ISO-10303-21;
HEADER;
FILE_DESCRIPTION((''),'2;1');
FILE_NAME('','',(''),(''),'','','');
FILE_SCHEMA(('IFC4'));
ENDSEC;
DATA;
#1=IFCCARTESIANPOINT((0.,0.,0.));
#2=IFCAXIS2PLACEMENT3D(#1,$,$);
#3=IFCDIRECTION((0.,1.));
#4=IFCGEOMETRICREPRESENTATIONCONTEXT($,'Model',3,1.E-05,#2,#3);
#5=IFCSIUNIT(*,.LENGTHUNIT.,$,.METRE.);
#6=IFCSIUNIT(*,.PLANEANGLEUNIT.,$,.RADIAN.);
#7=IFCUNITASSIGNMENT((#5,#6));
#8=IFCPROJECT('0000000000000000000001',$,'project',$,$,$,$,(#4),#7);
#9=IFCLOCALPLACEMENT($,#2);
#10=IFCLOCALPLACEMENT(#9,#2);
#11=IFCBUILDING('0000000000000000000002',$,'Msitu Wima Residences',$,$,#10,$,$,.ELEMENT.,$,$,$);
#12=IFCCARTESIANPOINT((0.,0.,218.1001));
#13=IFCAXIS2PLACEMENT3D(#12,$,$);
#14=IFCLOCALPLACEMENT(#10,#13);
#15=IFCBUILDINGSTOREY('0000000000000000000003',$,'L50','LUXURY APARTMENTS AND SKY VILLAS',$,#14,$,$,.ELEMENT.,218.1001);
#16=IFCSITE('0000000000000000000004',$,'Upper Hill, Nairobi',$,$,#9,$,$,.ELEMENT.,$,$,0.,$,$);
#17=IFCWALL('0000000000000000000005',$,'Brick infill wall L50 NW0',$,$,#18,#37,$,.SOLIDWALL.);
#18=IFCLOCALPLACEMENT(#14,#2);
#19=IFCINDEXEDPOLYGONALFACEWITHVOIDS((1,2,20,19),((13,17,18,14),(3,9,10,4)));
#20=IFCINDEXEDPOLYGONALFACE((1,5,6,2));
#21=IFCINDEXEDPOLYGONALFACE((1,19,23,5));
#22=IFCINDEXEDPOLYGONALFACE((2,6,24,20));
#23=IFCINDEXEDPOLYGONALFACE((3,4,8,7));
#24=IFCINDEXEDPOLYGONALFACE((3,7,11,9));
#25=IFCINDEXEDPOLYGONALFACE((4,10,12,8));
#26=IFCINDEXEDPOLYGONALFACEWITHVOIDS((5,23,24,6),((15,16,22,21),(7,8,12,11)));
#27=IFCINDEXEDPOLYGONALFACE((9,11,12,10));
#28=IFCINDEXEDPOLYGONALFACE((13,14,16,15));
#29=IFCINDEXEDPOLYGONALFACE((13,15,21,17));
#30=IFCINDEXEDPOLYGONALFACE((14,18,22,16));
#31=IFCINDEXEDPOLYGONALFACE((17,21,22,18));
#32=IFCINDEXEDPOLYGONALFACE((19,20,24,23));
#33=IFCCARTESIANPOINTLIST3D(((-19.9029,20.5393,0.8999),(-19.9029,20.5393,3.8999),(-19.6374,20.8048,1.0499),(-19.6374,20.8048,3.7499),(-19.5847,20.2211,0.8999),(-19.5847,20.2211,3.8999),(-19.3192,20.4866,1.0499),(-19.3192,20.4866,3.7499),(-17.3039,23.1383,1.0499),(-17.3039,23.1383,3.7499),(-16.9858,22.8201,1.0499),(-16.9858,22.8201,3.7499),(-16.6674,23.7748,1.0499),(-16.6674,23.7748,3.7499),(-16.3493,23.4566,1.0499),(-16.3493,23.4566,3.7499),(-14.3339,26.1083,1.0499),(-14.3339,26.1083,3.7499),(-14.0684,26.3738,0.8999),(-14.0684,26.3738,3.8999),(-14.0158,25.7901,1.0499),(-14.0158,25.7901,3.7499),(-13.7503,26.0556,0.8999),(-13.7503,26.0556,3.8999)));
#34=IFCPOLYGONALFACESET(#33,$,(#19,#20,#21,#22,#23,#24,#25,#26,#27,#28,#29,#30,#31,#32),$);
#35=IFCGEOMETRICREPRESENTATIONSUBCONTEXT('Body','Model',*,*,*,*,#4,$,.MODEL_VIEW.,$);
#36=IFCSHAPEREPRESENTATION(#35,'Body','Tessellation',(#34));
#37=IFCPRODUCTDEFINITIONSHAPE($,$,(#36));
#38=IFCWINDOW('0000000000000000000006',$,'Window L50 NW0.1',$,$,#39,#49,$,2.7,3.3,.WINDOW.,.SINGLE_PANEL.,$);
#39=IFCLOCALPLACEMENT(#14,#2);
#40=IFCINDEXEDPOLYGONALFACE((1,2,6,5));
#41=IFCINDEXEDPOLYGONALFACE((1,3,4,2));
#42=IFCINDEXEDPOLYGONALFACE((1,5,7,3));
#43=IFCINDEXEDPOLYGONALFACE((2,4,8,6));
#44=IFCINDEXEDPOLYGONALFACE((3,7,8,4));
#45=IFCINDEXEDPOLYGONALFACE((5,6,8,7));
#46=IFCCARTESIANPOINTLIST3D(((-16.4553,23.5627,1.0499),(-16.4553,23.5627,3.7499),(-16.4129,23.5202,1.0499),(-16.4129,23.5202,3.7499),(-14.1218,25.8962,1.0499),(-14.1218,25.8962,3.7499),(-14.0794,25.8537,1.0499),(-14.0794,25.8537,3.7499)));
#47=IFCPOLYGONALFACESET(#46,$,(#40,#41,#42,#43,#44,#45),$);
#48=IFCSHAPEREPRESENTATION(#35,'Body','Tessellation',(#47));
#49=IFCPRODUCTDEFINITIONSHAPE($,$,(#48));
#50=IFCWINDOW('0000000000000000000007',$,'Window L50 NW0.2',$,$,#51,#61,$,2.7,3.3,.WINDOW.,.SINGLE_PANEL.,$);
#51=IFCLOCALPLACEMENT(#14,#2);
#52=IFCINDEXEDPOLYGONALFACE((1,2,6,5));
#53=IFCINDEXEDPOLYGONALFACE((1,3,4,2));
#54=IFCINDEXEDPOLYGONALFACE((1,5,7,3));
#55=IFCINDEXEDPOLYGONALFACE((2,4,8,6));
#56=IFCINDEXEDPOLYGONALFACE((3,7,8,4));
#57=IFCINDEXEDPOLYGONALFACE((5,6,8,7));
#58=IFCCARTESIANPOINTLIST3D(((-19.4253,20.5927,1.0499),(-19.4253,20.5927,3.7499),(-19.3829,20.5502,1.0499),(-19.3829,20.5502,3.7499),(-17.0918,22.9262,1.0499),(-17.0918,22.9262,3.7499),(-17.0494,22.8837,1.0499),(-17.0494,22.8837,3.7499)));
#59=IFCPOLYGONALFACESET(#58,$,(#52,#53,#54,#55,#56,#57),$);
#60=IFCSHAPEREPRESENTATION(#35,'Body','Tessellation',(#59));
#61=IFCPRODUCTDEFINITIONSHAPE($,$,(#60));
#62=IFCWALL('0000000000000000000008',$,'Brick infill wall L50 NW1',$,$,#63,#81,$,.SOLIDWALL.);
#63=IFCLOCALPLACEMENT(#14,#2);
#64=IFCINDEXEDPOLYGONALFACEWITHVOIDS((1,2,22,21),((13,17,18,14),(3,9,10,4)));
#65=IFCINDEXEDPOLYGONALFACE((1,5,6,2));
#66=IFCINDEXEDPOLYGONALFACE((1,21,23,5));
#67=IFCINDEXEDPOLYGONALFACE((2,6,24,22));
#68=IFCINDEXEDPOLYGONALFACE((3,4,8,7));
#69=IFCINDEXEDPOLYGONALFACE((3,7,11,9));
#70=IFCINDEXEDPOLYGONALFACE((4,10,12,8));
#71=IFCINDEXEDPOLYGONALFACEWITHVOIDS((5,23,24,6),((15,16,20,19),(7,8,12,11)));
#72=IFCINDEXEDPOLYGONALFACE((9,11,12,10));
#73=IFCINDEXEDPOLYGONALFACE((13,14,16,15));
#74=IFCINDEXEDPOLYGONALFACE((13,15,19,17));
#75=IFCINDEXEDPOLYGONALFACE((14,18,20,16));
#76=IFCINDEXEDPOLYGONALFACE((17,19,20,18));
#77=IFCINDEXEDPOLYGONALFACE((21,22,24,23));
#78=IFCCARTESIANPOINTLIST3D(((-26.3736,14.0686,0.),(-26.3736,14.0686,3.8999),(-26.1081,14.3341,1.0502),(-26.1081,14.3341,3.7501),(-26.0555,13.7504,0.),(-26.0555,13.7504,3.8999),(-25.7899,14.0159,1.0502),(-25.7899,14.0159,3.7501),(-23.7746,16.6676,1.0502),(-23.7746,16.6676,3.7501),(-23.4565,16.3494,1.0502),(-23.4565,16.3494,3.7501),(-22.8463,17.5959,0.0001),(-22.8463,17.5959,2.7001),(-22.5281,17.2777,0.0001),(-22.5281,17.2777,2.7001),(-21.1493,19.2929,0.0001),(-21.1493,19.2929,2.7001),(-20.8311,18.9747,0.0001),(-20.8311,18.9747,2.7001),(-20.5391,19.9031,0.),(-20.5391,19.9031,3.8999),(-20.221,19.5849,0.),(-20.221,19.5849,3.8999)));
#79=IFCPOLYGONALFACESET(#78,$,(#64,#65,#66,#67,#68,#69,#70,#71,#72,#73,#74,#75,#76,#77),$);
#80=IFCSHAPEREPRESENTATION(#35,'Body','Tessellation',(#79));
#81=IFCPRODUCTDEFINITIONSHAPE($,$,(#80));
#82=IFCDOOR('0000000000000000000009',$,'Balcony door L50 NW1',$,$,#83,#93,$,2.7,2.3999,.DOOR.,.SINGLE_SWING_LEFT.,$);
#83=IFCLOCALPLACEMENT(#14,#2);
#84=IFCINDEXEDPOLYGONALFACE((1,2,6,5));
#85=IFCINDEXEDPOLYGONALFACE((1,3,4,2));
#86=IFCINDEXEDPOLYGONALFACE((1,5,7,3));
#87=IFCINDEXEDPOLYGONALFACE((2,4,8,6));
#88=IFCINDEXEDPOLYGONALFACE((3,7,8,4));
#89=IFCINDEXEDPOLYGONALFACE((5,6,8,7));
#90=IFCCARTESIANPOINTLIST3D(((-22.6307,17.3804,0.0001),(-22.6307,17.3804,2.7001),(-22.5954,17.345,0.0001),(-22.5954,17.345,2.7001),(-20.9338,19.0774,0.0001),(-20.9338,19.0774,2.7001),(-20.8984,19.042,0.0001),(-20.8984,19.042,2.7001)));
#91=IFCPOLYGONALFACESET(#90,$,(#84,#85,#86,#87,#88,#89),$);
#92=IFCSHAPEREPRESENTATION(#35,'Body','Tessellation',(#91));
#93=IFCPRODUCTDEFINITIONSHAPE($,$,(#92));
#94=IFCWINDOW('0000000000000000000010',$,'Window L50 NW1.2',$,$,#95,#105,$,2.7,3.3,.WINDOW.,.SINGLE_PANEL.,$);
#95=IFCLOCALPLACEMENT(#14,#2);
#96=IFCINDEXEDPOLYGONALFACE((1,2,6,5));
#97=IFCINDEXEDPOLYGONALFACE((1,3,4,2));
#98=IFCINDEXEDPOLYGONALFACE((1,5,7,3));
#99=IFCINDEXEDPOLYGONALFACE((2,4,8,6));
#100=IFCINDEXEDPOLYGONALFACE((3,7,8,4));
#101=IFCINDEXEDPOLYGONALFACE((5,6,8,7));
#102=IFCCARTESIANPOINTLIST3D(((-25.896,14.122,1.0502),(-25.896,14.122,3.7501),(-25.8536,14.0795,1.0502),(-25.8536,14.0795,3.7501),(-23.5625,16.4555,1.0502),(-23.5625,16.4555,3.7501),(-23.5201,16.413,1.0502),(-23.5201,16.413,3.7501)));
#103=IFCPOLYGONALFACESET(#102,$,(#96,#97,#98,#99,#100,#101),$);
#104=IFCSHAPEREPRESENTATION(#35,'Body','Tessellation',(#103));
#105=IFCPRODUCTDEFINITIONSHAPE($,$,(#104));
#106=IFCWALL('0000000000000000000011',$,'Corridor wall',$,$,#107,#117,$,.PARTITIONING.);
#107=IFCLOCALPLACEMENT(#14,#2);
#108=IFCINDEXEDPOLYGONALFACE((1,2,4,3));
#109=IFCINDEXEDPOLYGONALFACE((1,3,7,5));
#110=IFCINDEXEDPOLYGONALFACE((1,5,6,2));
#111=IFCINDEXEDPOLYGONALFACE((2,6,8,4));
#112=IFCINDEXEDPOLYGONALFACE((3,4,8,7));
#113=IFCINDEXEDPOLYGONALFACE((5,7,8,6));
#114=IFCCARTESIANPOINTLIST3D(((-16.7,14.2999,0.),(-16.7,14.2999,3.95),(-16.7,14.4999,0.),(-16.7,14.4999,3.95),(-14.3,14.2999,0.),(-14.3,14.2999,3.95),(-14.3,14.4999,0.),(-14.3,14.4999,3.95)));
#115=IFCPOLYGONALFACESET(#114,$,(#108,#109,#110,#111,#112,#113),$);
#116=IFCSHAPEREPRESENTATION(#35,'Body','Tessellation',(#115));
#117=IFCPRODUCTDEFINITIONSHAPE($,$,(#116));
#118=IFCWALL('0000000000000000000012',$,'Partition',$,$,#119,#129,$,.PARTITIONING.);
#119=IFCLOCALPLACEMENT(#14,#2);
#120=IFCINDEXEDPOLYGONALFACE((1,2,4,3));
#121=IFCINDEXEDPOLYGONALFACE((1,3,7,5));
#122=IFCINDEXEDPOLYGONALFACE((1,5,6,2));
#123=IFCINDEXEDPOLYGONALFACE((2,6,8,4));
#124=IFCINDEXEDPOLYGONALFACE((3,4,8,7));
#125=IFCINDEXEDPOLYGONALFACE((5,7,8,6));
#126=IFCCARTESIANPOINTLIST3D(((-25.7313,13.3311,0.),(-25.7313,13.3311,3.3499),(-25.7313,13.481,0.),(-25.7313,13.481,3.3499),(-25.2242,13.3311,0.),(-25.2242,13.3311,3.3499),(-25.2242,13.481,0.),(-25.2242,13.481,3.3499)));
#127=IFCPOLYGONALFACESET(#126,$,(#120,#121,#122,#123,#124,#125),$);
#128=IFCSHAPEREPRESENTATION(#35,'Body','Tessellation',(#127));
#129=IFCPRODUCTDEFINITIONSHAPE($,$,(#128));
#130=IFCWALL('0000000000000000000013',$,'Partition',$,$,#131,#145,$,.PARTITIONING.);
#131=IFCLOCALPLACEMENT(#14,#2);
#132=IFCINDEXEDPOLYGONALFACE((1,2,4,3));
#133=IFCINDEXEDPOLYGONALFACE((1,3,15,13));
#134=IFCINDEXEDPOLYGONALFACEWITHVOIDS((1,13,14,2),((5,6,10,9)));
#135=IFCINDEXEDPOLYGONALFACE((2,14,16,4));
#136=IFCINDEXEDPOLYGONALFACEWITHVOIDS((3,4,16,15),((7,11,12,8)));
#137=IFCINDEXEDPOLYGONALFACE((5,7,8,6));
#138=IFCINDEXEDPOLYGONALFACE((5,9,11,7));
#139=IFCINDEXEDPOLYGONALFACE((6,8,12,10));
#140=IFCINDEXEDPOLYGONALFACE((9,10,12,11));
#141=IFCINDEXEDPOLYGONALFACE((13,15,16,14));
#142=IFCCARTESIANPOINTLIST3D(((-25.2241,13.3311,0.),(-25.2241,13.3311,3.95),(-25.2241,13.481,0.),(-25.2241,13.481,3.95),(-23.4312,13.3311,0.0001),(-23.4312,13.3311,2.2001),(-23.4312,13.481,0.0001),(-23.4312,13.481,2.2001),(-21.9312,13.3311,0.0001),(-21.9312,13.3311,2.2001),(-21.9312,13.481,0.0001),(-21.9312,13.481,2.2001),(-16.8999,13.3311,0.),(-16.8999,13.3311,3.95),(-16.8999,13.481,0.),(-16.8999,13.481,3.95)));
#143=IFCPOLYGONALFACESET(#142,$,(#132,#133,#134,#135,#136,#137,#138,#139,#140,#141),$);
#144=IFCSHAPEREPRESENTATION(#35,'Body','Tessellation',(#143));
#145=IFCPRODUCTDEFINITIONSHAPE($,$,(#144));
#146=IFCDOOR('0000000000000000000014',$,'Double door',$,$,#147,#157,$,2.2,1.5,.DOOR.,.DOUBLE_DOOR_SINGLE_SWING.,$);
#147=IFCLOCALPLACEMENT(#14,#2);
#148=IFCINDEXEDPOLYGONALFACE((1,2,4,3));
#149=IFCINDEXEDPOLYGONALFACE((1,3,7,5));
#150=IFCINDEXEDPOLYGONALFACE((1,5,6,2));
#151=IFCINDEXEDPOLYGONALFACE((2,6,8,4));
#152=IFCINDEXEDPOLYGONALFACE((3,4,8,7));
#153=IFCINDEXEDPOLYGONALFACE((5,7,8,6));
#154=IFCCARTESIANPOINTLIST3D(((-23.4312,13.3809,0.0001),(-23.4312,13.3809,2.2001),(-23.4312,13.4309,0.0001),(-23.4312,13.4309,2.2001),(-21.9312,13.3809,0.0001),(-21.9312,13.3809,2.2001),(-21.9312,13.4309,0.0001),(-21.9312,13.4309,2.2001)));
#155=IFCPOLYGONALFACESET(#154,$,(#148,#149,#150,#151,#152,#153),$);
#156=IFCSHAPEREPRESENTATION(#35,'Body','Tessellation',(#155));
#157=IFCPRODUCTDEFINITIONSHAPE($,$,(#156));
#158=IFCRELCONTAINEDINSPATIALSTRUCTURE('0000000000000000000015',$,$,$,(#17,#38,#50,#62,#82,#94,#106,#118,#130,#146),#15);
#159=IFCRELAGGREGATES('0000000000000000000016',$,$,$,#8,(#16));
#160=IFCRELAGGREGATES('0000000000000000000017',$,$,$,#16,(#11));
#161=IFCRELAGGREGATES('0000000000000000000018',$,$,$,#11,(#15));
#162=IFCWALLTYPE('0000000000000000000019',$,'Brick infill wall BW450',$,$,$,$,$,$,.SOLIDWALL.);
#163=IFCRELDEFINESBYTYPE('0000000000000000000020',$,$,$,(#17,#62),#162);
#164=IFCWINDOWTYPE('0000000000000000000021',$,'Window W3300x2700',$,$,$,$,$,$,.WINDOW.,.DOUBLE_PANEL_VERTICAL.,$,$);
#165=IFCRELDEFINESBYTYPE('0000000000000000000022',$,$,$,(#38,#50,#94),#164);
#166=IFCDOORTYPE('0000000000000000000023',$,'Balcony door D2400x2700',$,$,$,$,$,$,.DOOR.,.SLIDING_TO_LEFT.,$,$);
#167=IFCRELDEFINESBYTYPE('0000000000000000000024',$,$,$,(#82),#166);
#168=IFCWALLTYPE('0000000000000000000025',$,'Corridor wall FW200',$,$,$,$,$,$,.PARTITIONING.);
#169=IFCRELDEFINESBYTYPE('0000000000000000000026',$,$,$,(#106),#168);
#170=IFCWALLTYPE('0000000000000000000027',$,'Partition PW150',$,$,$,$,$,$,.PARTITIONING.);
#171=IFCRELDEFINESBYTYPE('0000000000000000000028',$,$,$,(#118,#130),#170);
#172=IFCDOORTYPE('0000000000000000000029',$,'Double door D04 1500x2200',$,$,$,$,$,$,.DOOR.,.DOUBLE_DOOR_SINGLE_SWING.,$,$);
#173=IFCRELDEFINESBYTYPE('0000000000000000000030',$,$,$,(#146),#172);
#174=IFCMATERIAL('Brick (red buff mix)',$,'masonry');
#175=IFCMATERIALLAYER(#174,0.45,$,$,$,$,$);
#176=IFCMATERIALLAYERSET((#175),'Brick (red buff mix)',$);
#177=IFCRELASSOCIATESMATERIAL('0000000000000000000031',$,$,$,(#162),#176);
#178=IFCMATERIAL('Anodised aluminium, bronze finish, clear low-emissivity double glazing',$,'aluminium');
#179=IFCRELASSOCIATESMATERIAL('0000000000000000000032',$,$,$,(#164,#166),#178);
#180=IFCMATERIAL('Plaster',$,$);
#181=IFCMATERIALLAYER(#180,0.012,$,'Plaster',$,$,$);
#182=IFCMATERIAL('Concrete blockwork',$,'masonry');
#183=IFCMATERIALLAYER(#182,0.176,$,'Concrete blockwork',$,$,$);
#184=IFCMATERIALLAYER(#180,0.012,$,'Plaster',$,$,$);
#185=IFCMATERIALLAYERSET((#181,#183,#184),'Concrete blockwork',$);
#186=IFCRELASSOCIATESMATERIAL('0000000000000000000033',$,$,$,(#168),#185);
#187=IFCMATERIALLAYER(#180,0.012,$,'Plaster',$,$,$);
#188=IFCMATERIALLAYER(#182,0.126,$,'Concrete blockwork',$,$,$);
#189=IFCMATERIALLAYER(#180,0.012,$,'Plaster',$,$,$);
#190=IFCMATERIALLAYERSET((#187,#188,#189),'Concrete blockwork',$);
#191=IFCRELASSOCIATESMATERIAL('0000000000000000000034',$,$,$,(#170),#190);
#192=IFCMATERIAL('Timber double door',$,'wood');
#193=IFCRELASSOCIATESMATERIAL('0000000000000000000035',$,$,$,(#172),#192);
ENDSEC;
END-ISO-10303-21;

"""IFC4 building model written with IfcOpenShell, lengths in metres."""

from ifc_helpers import new_model, si_unit, direction, frame, frame_2d, origin, place, context, subcontext, project, spatial, rectangle, extrude, material, layer, layer_set, type_object, element, fill, save


model = new_model("IFC4")

# Units and contexts
model_context = context("Model", 3, precision=1e-05, world=origin(), true_north=direction((0.0, 1.0)))
body_context = subcontext(model_context, "Body", "Model", "MODEL_VIEW")
ifc_project = project(units=[si_unit("LENGTHUNIT", "METRE"), si_unit("PLANEANGLEUNIT", "RADIAN")], contexts=[model_context])

# Site, building, storey
site_placement = place(None, origin())
site = spatial("IfcSite", under=ifc_project, at=site_placement, Name="Upper Hill, Nairobi", CompositionType="ELEMENT", RefElevation=0.0)
building_placement = place(site_placement, origin())
building = spatial("IfcBuilding", under=site, at=building_placement, Name="Msitu Wima Residences", CompositionType="ELEMENT")
storey_placement = place(building_placement, frame((0.0, 0.0, 218.1001)))
storey = spatial("IfcBuildingStorey", under=building, at=storey_placement, Name="L50", Description="LUXURY APARTMENTS AND SKY VILLAS", CompositionType="ELEMENT", Elevation=218.1001)

# Wall, openings, windows
ifc_material_1 = material(Name="Brick (red buff mix)", Category="masonry")
ifc_layer_1 = layer(ifc_material_1, 0.45)
ifc_layer_set_1 = layer_set([ifc_layer_1], Name="Brick (red buff mix)")
wall_type_1 = type_object("IfcWallType", Name="Brick infill wall BW450", PredefinedType="SOLIDWALL", material=ifc_layer_set_1)
wall_1_placement = place(storey_placement, frame((-13.9094, 26.2146, 0.8999), z_axis=(0.0, 0.0, 1.0), x_axis=(-0.707107, -0.707107, 0.0)))
wall_1 = element("IfcWall", 1, at=wall_1_placement, inside=storey, type_object=wall_type_1, Name="Brick infill wall L50 NW0", PredefinedType="SOLIDWALL", context=body_context, shape_type="SweptSolid", body=[
    extrude(rectangle(XDim=8.2512, YDim=0.45, at=frame_2d((4.1255, 0.0))), origin(), (0.0, 0.0, 1.0), 3.0),
])
opening_1_placement = place(wall_1_placement, frame((0.3755, 0.0, 0.1499)))
opening_1 = element("IfcOpeningElement", 2, at=opening_1_placement, cuts=wall_1, PredefinedType="OPENING", context=body_context, shape_type="SweptSolid", body=[
    extrude(rectangle(XDim=3.3, YDim=2.7, at=frame_2d((1.6499, 1.3501))), frame((0.0, 0.2349, 0.0), z_axis=(0.0, -1.0, 0.0), x_axis=(1.0, 0.0, 0.0)), (0.0, 0.0, 1.0), 0.47),
])
opening_2_placement = place(wall_1_placement, frame((4.5757, 0.0, 0.1499)))
opening_2 = element("IfcOpeningElement", 3, at=opening_2_placement, cuts=wall_1, PredefinedType="OPENING", context=body_context, shape_type="SweptSolid", body=[
    extrude(rectangle(XDim=3.3, YDim=2.7, at=frame_2d((1.6499, 1.3501))), frame((0.0, 0.2349, 0.0), z_axis=(0.0, -1.0, 0.0), x_axis=(1.0, 0.0, 0.0)), (0.0, 0.0, 1.0), 0.47),
])
ifc_material_2 = material(Name="Anodised aluminium, bronze finish, clear low-emissivity double glazing", Category="aluminium")
window_type = type_object("IfcWindowType", Name="Window W3300x2700", PartitioningType="DOUBLE_PANEL_VERTICAL", PredefinedType="WINDOW", material=ifc_material_2)
window_1_placement = place(opening_1_placement, origin())
window_1 = element("IfcWindow", 4, at=window_1_placement, inside=storey, type_object=window_type, Name="Window L50 NW0.1", OverallHeight=2.7, OverallWidth=3.3, PartitioningType="SINGLE_PANEL", PredefinedType="WINDOW", context=body_context, shape_type="SweptSolid", body=[
    extrude(rectangle(XDim=3.3, YDim=2.7, at=frame_2d((1.6499, 1.3501))), frame((0.0, 0.135, 0.0), z_axis=(0.0, -1.0, 0.0), x_axis=(1.0, 0.0, 0.0)), (0.0, 0.0, 1.0), 0.0601),
])
fill(opening_1, window_1)
window_2_placement = place(opening_2_placement, origin())
window_2 = element("IfcWindow", 5, at=window_2_placement, inside=storey, type_object=window_type, Name="Window L50 NW0.2", OverallHeight=2.7, OverallWidth=3.3, PartitioningType="SINGLE_PANEL", PredefinedType="WINDOW", context=body_context, shape_type="SweptSolid", body=[
    extrude(rectangle(XDim=3.3, YDim=2.7, at=frame_2d((1.6499, 1.3501))), frame((0.0, 0.135, 0.0), z_axis=(0.0, -1.0, 0.0), x_axis=(1.0, 0.0, 0.0)), (0.0, 0.0, 1.0), 0.0601),
])
fill(opening_2, window_2)

# Wall, openings, door, window
wall_2_placement = place(storey_placement, frame((-20.3801, 19.7439, 0.0), z_axis=(0.0, 0.0, 1.0), x_axis=(-0.707107, -0.707107, 0.0)))
wall_2 = element("IfcWall", 6, at=wall_2_placement, inside=storey, type_object=wall_type_1, Name="Brick infill wall L50 NW1", PredefinedType="SOLIDWALL", context=body_context, shape_type="SweptSolid", body=[
    extrude(rectangle(XDim=8.2512, YDim=0.45, at=frame_2d((4.1255, 0.0))), origin(), (0.0, 0.0, 1.0), 3.8999),
])
opening_3_placement = place(wall_2_placement, frame((0.8628, 0.0, 0.0)))
opening_3 = element("IfcOpeningElement", 7, at=opening_3_placement, cuts=wall_2, PredefinedType="OPENING", context=body_context, shape_type="SweptSolid", body=[
    extrude(rectangle(XDim=2.3999, YDim=2.7, at=frame_2d((1.2, 1.3501))), frame((0.0, 0.2349, 0.0), z_axis=(0.0, -1.0, 0.0), x_axis=(1.0, 0.0, 0.0)), (0.0, 0.0, 1.0), 0.47),
])
opening_4_placement = place(wall_2_placement, frame((4.5757, 0.0, 1.05)))
opening_4 = element("IfcOpeningElement", 8, at=opening_4_placement, cuts=wall_2, PredefinedType="OPENING", context=body_context, shape_type="SweptSolid", body=[
    extrude(rectangle(XDim=3.3, YDim=2.7, at=frame_2d((1.6499, 1.3501))), frame((0.0, 0.2349, 0.0), z_axis=(0.0, -1.0, 0.0), x_axis=(1.0, 0.0, 0.0)), (0.0, 0.0, 1.0), 0.47),
])
door_type_1 = type_object("IfcDoorType", Name="Balcony door D2400x2700", OperationType="SLIDING_TO_LEFT", PredefinedType="DOOR", material=ifc_material_2)
door_1_placement = place(opening_3_placement, origin())
door_1 = element("IfcDoor", 9, at=door_1_placement, inside=storey, type_object=door_type_1, Name="Balcony door L50 NW1", OperationType="SINGLE_SWING_LEFT", OverallHeight=2.7, OverallWidth=2.3999, PredefinedType="DOOR", context=body_context, shape_type="SweptSolid", body=[
    extrude(rectangle(XDim=2.3999, YDim=2.7, at=frame_2d((1.2, 1.3501))), frame((0.0, 0.1299, 0.0), z_axis=(0.0, -1.0, 0.0), x_axis=(1.0, 0.0, 0.0)), (0.0, 0.0, 1.0), 0.05),
])
fill(opening_3, door_1)
window_3_placement = place(opening_4_placement, origin())
window_3 = element("IfcWindow", 10, at=window_3_placement, inside=storey, type_object=window_type, Name="Window L50 NW1.2", OverallHeight=2.7, OverallWidth=3.3, PartitioningType="SINGLE_PANEL", PredefinedType="WINDOW", context=body_context, shape_type="SweptSolid", body=[
    extrude(rectangle(XDim=3.3, YDim=2.7, at=frame_2d((1.6499, 1.3501))), frame((0.0, 0.135, 0.0), z_axis=(0.0, -1.0, 0.0), x_axis=(1.0, 0.0, 0.0)), (0.0, 0.0, 1.0), 0.0601),
])
fill(opening_4, window_3)

# Walls
ifc_material_3 = material(Name="Plaster")
ifc_layer_2 = layer(ifc_material_3, 0.012, Name="Plaster")
ifc_material_4 = material(Name="Concrete blockwork", Category="masonry")
ifc_layer_3 = layer(ifc_material_4, 0.176, Name="Concrete blockwork")
ifc_layer_4 = layer(ifc_material_3, 0.012, Name="Plaster")
ifc_layer_set_2 = layer_set([ifc_layer_2, ifc_layer_3, ifc_layer_4], Name="Concrete blockwork")
wall_type_2 = type_object("IfcWallType", Name="Corridor wall FW200", PredefinedType="PARTITIONING", material=ifc_layer_set_2)
wall_3_placement = place(storey_placement, frame((-16.7, 14.3999, 0.0), z_axis=(0.0, 0.0, 1.0), x_axis=(1.0, 0.0, 0.0)))
element("IfcWall", 11, at=wall_3_placement, inside=storey, type_object=wall_type_2, Name="Corridor wall", PredefinedType="PARTITIONING", context=body_context, shape_type="SweptSolid", body=[
    extrude(rectangle(XDim=2.3999, YDim=0.2, at=frame_2d((1.2, 0.0))), origin(), (0.0, 0.0, 1.0), 3.95),
])
ifc_layer_5 = layer(ifc_material_3, 0.012, Name="Plaster")
ifc_layer_6 = layer(ifc_material_4, 0.126, Name="Concrete blockwork")
ifc_layer_7 = layer(ifc_material_3, 0.012, Name="Plaster")
ifc_layer_set_3 = layer_set([ifc_layer_5, ifc_layer_6, ifc_layer_7], Name="Concrete blockwork")
wall_type_3 = type_object("IfcWallType", Name="Partition PW150", PredefinedType="PARTITIONING", material=ifc_layer_set_3)
wall_4_placement = place(storey_placement, frame((-25.7312, 13.406, 0.0), z_axis=(0.0, 0.0, 1.0), x_axis=(1.0, 0.0, 0.0)))
element("IfcWall", 12, at=wall_4_placement, inside=storey, type_object=wall_type_3, Name="Partition", PredefinedType="PARTITIONING", context=body_context, shape_type="SweptSolid", body=[
    extrude(rectangle(XDim=0.5071, YDim=0.1499, at=frame_2d((0.2534, 0.0))), origin(), (0.0, 0.0, 1.0), 3.3499),
])

# Wall, opening, door
wall_5_placement = place(storey_placement, frame((-25.2241, 13.406, 0.0), z_axis=(0.0, 0.0, 1.0), x_axis=(1.0, 0.0, 0.0)))
wall_5 = element("IfcWall", 13, at=wall_5_placement, inside=storey, type_object=wall_type_3, Name="Partition", PredefinedType="PARTITIONING", context=body_context, shape_type="SweptSolid", body=[
    extrude(rectangle(XDim=8.3242, YDim=0.1499, at=frame_2d((4.1621, 0.0))), origin(), (0.0, 0.0, 1.0), 3.95),
])
opening_5_placement = place(wall_5_placement, frame((1.793, 0.0, 0.0)))
opening_5 = element("IfcOpeningElement", 14, at=opening_5_placement, cuts=wall_5, PredefinedType="OPENING", context=body_context, shape_type="SweptSolid", body=[
    extrude(rectangle(XDim=1.5, YDim=2.2, at=frame_2d((0.75, 1.1001))), frame((0.0, 0.085, 0.0), z_axis=(0.0, -1.0, 0.0), x_axis=(1.0, 0.0, 0.0)), (0.0, 0.0, 1.0), 0.1699),
])
ifc_material_5 = material(Name="Timber double door", Category="wood")
door_type_2 = type_object("IfcDoorType", Name="Double door D04 1500x2200", OperationType="DOUBLE_DOOR_SINGLE_SWING", PredefinedType="DOOR", material=ifc_material_5)
door_2_placement = place(opening_5_placement, origin())
door_2 = element("IfcDoor", 15, at=door_2_placement, inside=storey, type_object=door_type_2, Name="Double door", OperationType="DOUBLE_DOOR_SINGLE_SWING", OverallHeight=2.2, OverallWidth=1.5, PredefinedType="DOOR", context=body_context, shape_type="SweptSolid", body=[
    extrude(rectangle(XDim=1.5, YDim=2.2, at=frame_2d((0.75, 1.1001))), frame((0.0, 0.0249, 0.0), z_axis=(0.0, -1.0, 0.0), x_axis=(1.0, 0.0, 0.0)), (0.0, 0.0, 1.0), 0.05),
])
fill(opening_5, door_2)

save(model, "model.ifc")
